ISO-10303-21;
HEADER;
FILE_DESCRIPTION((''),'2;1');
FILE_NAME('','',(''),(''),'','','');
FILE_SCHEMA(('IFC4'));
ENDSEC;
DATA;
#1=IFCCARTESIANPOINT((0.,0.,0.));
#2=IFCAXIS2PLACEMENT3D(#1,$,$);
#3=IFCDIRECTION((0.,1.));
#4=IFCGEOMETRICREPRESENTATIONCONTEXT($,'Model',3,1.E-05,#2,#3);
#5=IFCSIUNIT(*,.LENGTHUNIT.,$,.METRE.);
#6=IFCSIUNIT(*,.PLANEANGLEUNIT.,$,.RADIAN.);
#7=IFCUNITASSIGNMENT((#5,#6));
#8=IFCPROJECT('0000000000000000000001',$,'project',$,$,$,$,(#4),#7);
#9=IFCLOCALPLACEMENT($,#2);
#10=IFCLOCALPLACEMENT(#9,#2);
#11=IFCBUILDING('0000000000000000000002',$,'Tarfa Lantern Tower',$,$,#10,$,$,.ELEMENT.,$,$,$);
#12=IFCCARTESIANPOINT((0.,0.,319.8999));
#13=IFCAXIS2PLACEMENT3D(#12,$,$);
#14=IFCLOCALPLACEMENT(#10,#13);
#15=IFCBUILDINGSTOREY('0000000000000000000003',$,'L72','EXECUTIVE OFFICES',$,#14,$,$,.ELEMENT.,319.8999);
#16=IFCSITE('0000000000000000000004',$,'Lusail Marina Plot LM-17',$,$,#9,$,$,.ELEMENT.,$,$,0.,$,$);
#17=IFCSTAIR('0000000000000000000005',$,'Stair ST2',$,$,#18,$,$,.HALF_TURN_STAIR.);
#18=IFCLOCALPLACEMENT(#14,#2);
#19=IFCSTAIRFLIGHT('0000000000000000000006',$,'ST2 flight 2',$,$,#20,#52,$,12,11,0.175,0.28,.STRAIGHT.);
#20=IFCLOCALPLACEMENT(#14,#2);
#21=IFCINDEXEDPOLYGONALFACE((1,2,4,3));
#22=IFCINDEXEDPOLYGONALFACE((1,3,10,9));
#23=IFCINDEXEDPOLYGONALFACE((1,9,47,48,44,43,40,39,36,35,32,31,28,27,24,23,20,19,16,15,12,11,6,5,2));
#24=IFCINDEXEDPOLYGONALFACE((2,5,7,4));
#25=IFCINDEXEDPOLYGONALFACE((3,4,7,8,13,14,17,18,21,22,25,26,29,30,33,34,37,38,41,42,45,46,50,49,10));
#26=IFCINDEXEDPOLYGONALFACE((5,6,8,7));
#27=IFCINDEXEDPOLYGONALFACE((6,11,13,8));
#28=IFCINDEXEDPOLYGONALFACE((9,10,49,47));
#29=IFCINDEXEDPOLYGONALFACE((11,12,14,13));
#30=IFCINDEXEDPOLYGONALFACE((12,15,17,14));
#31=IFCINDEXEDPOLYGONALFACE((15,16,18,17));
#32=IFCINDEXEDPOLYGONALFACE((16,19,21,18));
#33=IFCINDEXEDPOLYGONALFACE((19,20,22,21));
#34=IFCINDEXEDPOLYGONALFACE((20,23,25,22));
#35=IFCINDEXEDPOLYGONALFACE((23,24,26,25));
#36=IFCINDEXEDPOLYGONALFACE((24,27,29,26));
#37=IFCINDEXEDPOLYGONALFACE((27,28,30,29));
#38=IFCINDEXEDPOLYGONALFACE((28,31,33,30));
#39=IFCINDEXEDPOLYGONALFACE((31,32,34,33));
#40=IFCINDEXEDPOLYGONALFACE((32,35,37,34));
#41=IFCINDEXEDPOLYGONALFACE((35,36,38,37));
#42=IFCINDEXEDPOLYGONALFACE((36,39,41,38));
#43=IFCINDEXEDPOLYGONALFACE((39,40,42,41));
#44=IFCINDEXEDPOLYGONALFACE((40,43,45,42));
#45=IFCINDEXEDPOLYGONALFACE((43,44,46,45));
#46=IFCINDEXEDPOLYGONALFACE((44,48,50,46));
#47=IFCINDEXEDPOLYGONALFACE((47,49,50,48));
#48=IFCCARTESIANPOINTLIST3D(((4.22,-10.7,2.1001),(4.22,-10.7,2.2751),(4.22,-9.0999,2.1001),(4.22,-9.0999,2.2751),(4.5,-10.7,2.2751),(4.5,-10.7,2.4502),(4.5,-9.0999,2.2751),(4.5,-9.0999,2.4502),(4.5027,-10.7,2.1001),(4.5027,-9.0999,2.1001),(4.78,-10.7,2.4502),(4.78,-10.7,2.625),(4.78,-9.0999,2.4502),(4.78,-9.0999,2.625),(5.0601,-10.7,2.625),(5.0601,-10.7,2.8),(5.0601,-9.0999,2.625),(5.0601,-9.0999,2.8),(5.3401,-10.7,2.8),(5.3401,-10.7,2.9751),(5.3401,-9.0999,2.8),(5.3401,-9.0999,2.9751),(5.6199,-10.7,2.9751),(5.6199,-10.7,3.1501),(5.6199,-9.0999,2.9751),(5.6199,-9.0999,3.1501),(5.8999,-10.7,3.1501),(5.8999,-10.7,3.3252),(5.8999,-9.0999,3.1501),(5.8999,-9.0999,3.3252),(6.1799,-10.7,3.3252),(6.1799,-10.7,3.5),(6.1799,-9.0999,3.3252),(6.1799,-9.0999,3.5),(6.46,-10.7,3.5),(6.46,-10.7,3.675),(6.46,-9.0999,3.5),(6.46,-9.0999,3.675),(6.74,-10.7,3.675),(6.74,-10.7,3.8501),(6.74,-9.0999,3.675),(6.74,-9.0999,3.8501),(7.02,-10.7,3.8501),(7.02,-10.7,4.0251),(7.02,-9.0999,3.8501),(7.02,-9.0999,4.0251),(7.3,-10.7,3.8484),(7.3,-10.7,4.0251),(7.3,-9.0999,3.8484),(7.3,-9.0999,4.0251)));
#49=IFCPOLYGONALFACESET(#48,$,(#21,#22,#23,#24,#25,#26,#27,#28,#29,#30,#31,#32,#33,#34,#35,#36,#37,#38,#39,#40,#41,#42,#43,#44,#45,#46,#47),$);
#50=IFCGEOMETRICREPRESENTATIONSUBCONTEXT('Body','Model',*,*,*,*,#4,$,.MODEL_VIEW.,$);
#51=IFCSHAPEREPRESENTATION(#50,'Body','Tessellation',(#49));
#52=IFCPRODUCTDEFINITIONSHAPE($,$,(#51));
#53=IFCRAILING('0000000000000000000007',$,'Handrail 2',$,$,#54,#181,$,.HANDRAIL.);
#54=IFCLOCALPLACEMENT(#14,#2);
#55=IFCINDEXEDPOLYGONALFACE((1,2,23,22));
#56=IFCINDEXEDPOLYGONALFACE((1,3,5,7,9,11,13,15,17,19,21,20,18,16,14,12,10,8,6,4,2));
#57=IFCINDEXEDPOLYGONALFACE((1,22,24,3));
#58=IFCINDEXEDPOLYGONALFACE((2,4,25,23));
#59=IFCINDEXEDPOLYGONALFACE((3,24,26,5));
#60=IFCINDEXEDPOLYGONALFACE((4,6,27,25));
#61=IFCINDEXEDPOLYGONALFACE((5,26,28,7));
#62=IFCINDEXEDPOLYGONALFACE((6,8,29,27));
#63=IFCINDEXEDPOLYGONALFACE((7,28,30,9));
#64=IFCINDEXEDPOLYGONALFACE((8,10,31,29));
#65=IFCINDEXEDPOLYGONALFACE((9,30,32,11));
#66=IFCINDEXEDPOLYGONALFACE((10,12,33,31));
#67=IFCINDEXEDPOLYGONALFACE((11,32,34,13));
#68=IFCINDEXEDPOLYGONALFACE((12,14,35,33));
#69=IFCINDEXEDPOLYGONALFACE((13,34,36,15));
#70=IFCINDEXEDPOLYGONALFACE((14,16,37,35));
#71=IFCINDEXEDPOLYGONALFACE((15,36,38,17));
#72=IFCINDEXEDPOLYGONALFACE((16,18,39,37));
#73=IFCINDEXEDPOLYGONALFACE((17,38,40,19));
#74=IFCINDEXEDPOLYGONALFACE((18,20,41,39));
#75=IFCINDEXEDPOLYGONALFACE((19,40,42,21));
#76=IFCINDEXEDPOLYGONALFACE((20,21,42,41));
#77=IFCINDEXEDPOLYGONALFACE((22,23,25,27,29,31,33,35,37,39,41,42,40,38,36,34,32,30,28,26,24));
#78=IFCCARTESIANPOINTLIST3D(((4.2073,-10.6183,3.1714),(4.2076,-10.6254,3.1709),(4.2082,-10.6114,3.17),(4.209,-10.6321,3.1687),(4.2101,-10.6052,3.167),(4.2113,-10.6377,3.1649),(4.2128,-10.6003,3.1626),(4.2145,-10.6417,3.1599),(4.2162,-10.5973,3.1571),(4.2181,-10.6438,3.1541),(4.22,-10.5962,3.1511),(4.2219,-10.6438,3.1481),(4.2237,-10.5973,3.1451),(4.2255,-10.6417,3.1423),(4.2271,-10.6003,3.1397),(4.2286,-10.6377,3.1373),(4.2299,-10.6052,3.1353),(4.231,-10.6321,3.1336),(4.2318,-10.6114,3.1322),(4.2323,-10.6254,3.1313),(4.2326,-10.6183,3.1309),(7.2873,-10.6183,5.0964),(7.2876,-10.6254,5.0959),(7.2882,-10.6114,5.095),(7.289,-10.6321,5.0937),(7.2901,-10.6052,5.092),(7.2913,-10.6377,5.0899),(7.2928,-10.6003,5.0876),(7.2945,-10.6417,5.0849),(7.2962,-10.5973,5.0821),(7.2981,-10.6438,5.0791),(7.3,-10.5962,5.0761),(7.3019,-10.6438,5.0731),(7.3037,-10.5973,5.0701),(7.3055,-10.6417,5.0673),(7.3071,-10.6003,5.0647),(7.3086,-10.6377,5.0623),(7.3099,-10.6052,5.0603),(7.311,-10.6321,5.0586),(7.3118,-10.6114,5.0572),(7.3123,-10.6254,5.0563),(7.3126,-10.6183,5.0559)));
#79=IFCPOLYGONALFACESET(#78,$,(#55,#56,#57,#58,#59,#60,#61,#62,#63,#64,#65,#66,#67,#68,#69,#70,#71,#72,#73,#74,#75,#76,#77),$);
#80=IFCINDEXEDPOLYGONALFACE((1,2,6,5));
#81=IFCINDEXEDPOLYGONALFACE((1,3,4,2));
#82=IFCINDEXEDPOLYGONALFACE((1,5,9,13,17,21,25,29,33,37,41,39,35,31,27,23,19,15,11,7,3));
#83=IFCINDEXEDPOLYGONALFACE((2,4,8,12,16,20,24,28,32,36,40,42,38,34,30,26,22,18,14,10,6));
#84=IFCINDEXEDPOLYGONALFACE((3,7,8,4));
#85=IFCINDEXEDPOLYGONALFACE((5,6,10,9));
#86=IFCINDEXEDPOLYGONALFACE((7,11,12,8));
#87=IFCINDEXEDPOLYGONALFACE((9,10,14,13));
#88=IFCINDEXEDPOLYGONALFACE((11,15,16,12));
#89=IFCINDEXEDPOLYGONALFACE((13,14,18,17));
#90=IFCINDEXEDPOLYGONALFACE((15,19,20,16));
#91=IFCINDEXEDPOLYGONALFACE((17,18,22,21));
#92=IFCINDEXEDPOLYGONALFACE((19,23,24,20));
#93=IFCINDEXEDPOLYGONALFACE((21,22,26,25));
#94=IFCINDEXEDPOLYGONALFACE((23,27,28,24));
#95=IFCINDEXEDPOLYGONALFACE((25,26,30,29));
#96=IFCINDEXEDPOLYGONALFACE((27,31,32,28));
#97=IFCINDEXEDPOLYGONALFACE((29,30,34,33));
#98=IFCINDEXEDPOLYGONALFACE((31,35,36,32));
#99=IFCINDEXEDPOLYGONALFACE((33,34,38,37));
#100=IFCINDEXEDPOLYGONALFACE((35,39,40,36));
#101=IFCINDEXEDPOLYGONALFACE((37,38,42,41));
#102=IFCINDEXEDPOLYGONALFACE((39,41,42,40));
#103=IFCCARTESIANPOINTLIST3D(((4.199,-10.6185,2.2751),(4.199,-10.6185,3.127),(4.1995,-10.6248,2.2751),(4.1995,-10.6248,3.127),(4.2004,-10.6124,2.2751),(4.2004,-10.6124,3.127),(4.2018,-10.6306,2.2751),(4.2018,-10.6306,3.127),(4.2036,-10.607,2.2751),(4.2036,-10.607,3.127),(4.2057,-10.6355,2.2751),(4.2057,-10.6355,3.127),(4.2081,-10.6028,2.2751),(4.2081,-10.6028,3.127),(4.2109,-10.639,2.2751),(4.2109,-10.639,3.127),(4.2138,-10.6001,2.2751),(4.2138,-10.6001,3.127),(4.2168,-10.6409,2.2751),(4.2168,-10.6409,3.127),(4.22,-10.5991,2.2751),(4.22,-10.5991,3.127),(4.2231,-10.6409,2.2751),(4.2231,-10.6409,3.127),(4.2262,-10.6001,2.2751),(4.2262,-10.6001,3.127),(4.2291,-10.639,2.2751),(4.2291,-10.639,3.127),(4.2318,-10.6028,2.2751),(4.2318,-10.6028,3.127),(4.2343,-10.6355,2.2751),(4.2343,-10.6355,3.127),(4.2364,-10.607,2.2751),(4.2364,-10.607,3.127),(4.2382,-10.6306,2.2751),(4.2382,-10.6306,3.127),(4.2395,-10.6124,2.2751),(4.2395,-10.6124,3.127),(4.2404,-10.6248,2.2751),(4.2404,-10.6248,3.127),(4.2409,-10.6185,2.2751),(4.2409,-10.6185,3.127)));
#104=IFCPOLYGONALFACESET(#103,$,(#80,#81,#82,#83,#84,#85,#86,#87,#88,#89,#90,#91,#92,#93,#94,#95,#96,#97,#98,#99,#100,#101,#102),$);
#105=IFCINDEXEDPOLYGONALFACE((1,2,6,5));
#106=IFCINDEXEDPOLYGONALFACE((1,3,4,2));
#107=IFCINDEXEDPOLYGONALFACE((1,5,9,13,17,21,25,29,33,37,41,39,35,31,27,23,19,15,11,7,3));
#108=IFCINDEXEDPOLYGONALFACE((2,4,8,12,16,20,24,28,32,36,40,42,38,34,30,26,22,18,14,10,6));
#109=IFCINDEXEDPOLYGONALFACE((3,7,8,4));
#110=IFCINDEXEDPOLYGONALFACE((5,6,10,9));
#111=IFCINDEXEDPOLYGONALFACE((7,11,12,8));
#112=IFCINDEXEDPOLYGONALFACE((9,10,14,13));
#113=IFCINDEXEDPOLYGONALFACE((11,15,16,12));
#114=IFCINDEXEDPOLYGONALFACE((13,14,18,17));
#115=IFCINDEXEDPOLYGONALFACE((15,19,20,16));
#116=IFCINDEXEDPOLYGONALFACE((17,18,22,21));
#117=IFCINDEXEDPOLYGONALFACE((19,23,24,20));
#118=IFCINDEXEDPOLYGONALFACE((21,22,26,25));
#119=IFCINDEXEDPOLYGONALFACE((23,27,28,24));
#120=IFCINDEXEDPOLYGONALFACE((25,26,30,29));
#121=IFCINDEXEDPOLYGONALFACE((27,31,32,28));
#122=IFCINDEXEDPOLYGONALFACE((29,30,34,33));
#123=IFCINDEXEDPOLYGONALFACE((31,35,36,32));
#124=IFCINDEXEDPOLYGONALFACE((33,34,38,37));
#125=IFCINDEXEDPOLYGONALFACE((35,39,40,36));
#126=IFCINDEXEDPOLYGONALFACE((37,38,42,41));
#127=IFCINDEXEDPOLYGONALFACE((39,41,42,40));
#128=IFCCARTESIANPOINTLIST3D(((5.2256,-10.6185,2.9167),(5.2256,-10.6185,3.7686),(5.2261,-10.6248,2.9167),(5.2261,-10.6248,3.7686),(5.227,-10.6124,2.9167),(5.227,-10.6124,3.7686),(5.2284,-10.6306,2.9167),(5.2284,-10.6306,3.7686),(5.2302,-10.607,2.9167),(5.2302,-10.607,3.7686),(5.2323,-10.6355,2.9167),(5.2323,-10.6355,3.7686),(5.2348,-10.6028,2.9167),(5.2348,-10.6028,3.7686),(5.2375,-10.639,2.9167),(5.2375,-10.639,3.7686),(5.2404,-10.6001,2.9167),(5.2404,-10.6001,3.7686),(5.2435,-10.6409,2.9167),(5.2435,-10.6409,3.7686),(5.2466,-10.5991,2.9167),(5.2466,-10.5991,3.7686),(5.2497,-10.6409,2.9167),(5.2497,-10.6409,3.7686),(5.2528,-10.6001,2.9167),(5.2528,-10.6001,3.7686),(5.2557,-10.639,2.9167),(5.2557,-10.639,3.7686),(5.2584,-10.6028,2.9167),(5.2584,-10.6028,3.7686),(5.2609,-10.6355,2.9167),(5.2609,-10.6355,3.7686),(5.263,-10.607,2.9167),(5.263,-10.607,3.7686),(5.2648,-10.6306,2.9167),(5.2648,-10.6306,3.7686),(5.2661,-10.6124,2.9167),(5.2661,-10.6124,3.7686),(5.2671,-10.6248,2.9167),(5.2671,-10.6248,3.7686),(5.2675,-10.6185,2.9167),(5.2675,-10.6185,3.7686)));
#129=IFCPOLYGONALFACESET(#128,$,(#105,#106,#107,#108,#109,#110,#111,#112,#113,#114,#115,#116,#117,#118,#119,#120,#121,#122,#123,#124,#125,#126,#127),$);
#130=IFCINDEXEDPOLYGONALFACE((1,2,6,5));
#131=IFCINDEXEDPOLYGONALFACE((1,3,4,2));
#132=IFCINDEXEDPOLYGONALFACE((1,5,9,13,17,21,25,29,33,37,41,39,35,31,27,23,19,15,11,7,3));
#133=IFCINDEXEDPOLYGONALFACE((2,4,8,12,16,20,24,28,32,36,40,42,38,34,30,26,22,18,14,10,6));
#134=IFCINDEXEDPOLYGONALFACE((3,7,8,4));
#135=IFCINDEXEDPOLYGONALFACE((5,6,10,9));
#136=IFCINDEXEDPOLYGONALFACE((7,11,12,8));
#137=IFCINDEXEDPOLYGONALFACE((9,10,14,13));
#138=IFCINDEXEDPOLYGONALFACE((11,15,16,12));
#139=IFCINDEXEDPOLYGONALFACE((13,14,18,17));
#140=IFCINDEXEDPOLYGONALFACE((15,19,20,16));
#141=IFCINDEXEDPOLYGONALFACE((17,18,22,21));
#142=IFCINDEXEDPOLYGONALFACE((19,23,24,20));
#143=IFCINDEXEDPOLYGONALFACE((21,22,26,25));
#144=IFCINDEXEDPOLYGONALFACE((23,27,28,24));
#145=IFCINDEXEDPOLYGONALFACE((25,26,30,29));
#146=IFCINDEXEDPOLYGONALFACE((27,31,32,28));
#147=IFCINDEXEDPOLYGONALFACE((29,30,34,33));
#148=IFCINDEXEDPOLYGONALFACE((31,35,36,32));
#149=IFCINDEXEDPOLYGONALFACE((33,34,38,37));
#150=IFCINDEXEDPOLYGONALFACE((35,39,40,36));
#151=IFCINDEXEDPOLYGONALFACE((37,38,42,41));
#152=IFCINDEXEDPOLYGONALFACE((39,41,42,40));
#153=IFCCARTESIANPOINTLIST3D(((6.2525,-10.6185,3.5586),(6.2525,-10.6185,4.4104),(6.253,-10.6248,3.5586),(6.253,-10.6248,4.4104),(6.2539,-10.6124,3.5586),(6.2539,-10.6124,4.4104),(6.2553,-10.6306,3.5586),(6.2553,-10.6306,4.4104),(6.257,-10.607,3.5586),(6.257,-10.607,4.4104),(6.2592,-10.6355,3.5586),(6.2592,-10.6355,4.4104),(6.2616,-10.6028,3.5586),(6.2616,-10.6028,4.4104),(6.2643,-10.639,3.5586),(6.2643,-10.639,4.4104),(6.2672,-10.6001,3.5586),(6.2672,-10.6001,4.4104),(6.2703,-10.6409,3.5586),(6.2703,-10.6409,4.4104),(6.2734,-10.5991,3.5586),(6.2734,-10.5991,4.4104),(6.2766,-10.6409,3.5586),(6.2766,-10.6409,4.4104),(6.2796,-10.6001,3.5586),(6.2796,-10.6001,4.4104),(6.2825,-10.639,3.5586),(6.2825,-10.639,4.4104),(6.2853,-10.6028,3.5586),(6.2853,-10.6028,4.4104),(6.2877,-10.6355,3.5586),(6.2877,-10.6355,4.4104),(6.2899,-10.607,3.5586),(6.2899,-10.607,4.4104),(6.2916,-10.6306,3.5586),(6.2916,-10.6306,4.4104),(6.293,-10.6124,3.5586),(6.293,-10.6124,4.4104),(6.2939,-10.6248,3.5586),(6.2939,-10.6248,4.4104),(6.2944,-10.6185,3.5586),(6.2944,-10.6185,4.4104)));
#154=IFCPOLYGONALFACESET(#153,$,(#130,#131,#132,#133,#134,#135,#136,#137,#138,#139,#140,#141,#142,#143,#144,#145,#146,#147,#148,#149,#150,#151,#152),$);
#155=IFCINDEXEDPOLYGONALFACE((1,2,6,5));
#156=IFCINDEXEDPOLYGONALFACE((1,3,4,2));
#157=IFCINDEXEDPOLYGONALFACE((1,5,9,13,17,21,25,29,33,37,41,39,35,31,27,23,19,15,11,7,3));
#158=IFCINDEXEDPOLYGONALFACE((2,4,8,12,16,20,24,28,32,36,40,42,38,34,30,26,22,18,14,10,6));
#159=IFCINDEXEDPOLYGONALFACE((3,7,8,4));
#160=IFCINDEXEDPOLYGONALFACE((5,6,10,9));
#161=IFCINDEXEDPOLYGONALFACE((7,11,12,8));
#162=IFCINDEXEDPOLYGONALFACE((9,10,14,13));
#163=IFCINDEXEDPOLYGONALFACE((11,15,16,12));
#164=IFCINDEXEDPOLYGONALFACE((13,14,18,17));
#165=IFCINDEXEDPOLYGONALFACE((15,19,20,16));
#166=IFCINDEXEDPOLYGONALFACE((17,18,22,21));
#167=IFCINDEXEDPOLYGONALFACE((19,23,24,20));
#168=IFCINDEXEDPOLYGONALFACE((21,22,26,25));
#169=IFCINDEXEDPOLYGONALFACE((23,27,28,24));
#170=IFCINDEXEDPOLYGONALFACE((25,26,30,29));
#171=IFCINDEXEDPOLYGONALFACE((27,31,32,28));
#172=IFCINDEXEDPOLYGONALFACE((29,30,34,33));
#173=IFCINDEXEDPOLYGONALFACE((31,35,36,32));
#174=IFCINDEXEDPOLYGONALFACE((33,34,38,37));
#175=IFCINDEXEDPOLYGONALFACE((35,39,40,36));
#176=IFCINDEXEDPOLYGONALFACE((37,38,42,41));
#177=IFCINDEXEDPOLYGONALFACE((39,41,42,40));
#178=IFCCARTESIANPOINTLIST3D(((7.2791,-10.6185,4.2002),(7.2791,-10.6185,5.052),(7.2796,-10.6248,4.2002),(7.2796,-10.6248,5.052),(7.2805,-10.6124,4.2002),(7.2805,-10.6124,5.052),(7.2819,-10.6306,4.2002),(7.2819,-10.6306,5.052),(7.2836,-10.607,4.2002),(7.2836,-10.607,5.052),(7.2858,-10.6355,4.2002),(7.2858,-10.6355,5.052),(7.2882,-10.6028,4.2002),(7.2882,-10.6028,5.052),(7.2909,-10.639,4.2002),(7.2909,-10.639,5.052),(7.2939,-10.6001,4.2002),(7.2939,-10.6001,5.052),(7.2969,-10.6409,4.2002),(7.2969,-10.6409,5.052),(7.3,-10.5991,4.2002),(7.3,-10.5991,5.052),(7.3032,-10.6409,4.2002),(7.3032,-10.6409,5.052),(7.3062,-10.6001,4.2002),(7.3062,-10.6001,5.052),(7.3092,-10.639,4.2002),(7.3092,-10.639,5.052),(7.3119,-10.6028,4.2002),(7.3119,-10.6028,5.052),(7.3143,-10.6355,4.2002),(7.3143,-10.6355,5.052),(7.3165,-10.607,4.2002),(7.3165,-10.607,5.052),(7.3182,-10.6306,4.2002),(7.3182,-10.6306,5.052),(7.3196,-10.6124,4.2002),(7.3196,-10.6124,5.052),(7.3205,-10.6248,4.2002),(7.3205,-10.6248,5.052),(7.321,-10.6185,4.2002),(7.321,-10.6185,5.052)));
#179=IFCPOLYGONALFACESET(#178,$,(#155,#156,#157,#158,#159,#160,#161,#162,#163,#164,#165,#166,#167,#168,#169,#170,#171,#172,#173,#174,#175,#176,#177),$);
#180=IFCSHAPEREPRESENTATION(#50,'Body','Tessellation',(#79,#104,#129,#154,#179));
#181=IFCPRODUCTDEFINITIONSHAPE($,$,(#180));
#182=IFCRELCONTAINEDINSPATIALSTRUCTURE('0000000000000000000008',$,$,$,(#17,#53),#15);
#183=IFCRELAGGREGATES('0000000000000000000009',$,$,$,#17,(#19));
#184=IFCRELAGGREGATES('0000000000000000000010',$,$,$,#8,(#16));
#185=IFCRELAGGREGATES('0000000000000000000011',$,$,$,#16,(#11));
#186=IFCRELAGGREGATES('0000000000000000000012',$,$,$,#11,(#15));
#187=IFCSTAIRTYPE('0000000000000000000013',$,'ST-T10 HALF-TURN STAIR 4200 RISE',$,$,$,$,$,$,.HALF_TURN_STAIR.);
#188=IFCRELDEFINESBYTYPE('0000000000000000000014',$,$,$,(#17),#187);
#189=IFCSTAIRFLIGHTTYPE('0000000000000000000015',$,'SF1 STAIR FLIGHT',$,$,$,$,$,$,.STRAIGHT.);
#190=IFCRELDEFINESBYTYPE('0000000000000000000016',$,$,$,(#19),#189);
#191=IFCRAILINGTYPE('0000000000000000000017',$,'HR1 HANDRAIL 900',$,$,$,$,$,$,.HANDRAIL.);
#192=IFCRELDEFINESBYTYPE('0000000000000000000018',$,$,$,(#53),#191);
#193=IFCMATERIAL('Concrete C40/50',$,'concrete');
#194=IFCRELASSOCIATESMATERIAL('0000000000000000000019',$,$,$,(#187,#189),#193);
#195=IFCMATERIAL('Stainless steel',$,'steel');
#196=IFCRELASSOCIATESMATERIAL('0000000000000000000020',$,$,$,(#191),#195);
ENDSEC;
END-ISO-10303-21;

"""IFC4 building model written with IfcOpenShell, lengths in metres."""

from ifc_helpers import new_model, si_unit, direction, frame, origin, origin_2d, place, context, subcontext, project, spatial, polyline, circle, outline, extrude, material, type_object, element, aggregate, save


model = new_model("IFC4")

# Units and contexts
model_context = context("Model", 3, precision=1e-05, world=origin(), true_north=direction((0.0, 1.0)))
body_context = subcontext(model_context, "Body", "Model", "MODEL_VIEW")
ifc_project = project(units=[si_unit("LENGTHUNIT", "METRE"), si_unit("PLANEANGLEUNIT", "RADIAN")], contexts=[model_context])

# Site, building, storey
site_placement = place(None, origin())
site = spatial("IfcSite", under=ifc_project, at=site_placement, Name="Lusail Marina Plot LM-17", CompositionType="ELEMENT", RefElevation=0.0)
building_placement = place(site_placement, origin())
building = spatial("IfcBuilding", under=site, at=building_placement, Name="Tarfa Lantern Tower", CompositionType="ELEMENT")
storey_placement = place(building_placement, frame((0.0, 0.0, 319.8999)))
storey = spatial("IfcBuildingStorey", under=building, at=storey_placement, Name="L72", Description="EXECUTIVE OFFICES", CompositionType="ELEMENT", Elevation=319.8999)

# Stair, stair flight
ifc_material_1 = material(Name="Concrete C40/50", Category="concrete")
stair_type = type_object("IfcStairType", Name="ST-T10 HALF-TURN STAIR 4200 RISE", PredefinedType="HALF_TURN_STAIR", material=ifc_material_1)
stair_placement = place(storey_placement, origin())
stair = element("IfcStair", 1, at=stair_placement, inside=storey, type_object=stair_type, Name="Stair ST2", PredefinedType="HALF_TURN_STAIR")
stair_flight_type = type_object("IfcStairFlightType", Name="SF1 STAIR FLIGHT", PredefinedType="STRAIGHT", material=ifc_material_1)
stair_flight_placement = place(storey_placement, frame((4.22, -9.8999, 2.1001), z_axis=(0.0, 0.0, 1.0), x_axis=(1.0, 0.0, 0.0)))
stair_flight = element("IfcStairFlight", 2, at=stair_flight_placement, type_object=stair_flight_type, Name="ST2 flight 2", NumberOfRisers=12, NumberOfTreads=11, PredefinedType="STRAIGHT", RiserHeight=0.175, TreadLength=0.28, context=body_context, shape_type="SweptSolid", body=[
    extrude(outline(polyline([(0.0, 0.0), (0.0, 0.175), (0.28, 0.175), (0.28, 0.3501), (0.5601, 0.3501), (0.5601, 0.5249), (0.8401, 0.5249), (0.8401, 0.7), (1.1201, 0.7), (1.1201, 0.875), (1.3999, 0.875), (1.3999, 1.05), (1.6799, 1.05), (1.6799, 1.2251), (1.96, 1.2251), (1.96, 1.3999), (2.24, 1.3999), (2.24, 1.575), (2.52, 1.575), (2.52, 1.75), (2.8, 1.75), (2.8, 1.925), (3.0801, 1.925), (3.0801, 2.1001), (3.0801, 1.7483), (0.2827, 0.0), (0.0, 0.0)])), frame((0.0, 0.8, 0.0), z_axis=(0.0, -1.0, 0.0), x_axis=(1.0, 0.0, 0.0)), (0.0, 0.0, 1.0), 1.6001),
])
aggregate(stair, [stair_flight])

# Railing
ifc_material_2 = material(Name="Stainless steel", Category="steel")
railing_type = type_object("IfcRailingType", Name="HR1 HANDRAIL 900", PredefinedType="HANDRAIL", material=ifc_material_2)
railing_placement = place(storey_placement, frame((4.22, -10.6201, 2.2751)))
element("IfcRailing", 3, at=railing_placement, inside=storey, type_object=railing_type, Name="Handrail 2", PredefinedType="HANDRAIL", context=body_context, shape_type="SweptSolid", body=[
    extrude(circle(Radius=0.0239, at=origin_2d()), frame((0.0, 0.0, 0.876), z_axis=(0.847998, 0.0, 0.529999), x_axis=(0.0, 1.0, 0.0)), (0.0, 0.0, 1.0), 3.6321),
    extrude(circle(Radius=0.021, at=origin_2d()), frame((0.0, 0.0, 0.0), z_axis=(0.0, 0.0, 1.0), x_axis=(0.0, 1.0, 0.0)), (0.0, 0.0, 1.0), 0.8518),
    extrude(circle(Radius=0.021, at=origin_2d()), frame((1.0266, 0.0, 0.6416), z_axis=(0.0, 0.0, 1.0), x_axis=(0.0, 1.0, 0.0)), (0.0, 0.0, 1.0), 0.8518),
    extrude(circle(Radius=0.021, at=origin_2d()), frame((2.0535, 0.0, 1.2834), z_axis=(0.0, 0.0, 1.0), x_axis=(0.0, 1.0, 0.0)), (0.0, 0.0, 1.0), 0.8518),
    extrude(circle(Radius=0.021, at=origin_2d()), frame((3.0801, 0.0, 1.925), z_axis=(0.0, 0.0, 1.0), x_axis=(0.0, 1.0, 0.0)), (0.0, 0.0, 1.0), 0.8518),
])

save(model, "model.ifc")
